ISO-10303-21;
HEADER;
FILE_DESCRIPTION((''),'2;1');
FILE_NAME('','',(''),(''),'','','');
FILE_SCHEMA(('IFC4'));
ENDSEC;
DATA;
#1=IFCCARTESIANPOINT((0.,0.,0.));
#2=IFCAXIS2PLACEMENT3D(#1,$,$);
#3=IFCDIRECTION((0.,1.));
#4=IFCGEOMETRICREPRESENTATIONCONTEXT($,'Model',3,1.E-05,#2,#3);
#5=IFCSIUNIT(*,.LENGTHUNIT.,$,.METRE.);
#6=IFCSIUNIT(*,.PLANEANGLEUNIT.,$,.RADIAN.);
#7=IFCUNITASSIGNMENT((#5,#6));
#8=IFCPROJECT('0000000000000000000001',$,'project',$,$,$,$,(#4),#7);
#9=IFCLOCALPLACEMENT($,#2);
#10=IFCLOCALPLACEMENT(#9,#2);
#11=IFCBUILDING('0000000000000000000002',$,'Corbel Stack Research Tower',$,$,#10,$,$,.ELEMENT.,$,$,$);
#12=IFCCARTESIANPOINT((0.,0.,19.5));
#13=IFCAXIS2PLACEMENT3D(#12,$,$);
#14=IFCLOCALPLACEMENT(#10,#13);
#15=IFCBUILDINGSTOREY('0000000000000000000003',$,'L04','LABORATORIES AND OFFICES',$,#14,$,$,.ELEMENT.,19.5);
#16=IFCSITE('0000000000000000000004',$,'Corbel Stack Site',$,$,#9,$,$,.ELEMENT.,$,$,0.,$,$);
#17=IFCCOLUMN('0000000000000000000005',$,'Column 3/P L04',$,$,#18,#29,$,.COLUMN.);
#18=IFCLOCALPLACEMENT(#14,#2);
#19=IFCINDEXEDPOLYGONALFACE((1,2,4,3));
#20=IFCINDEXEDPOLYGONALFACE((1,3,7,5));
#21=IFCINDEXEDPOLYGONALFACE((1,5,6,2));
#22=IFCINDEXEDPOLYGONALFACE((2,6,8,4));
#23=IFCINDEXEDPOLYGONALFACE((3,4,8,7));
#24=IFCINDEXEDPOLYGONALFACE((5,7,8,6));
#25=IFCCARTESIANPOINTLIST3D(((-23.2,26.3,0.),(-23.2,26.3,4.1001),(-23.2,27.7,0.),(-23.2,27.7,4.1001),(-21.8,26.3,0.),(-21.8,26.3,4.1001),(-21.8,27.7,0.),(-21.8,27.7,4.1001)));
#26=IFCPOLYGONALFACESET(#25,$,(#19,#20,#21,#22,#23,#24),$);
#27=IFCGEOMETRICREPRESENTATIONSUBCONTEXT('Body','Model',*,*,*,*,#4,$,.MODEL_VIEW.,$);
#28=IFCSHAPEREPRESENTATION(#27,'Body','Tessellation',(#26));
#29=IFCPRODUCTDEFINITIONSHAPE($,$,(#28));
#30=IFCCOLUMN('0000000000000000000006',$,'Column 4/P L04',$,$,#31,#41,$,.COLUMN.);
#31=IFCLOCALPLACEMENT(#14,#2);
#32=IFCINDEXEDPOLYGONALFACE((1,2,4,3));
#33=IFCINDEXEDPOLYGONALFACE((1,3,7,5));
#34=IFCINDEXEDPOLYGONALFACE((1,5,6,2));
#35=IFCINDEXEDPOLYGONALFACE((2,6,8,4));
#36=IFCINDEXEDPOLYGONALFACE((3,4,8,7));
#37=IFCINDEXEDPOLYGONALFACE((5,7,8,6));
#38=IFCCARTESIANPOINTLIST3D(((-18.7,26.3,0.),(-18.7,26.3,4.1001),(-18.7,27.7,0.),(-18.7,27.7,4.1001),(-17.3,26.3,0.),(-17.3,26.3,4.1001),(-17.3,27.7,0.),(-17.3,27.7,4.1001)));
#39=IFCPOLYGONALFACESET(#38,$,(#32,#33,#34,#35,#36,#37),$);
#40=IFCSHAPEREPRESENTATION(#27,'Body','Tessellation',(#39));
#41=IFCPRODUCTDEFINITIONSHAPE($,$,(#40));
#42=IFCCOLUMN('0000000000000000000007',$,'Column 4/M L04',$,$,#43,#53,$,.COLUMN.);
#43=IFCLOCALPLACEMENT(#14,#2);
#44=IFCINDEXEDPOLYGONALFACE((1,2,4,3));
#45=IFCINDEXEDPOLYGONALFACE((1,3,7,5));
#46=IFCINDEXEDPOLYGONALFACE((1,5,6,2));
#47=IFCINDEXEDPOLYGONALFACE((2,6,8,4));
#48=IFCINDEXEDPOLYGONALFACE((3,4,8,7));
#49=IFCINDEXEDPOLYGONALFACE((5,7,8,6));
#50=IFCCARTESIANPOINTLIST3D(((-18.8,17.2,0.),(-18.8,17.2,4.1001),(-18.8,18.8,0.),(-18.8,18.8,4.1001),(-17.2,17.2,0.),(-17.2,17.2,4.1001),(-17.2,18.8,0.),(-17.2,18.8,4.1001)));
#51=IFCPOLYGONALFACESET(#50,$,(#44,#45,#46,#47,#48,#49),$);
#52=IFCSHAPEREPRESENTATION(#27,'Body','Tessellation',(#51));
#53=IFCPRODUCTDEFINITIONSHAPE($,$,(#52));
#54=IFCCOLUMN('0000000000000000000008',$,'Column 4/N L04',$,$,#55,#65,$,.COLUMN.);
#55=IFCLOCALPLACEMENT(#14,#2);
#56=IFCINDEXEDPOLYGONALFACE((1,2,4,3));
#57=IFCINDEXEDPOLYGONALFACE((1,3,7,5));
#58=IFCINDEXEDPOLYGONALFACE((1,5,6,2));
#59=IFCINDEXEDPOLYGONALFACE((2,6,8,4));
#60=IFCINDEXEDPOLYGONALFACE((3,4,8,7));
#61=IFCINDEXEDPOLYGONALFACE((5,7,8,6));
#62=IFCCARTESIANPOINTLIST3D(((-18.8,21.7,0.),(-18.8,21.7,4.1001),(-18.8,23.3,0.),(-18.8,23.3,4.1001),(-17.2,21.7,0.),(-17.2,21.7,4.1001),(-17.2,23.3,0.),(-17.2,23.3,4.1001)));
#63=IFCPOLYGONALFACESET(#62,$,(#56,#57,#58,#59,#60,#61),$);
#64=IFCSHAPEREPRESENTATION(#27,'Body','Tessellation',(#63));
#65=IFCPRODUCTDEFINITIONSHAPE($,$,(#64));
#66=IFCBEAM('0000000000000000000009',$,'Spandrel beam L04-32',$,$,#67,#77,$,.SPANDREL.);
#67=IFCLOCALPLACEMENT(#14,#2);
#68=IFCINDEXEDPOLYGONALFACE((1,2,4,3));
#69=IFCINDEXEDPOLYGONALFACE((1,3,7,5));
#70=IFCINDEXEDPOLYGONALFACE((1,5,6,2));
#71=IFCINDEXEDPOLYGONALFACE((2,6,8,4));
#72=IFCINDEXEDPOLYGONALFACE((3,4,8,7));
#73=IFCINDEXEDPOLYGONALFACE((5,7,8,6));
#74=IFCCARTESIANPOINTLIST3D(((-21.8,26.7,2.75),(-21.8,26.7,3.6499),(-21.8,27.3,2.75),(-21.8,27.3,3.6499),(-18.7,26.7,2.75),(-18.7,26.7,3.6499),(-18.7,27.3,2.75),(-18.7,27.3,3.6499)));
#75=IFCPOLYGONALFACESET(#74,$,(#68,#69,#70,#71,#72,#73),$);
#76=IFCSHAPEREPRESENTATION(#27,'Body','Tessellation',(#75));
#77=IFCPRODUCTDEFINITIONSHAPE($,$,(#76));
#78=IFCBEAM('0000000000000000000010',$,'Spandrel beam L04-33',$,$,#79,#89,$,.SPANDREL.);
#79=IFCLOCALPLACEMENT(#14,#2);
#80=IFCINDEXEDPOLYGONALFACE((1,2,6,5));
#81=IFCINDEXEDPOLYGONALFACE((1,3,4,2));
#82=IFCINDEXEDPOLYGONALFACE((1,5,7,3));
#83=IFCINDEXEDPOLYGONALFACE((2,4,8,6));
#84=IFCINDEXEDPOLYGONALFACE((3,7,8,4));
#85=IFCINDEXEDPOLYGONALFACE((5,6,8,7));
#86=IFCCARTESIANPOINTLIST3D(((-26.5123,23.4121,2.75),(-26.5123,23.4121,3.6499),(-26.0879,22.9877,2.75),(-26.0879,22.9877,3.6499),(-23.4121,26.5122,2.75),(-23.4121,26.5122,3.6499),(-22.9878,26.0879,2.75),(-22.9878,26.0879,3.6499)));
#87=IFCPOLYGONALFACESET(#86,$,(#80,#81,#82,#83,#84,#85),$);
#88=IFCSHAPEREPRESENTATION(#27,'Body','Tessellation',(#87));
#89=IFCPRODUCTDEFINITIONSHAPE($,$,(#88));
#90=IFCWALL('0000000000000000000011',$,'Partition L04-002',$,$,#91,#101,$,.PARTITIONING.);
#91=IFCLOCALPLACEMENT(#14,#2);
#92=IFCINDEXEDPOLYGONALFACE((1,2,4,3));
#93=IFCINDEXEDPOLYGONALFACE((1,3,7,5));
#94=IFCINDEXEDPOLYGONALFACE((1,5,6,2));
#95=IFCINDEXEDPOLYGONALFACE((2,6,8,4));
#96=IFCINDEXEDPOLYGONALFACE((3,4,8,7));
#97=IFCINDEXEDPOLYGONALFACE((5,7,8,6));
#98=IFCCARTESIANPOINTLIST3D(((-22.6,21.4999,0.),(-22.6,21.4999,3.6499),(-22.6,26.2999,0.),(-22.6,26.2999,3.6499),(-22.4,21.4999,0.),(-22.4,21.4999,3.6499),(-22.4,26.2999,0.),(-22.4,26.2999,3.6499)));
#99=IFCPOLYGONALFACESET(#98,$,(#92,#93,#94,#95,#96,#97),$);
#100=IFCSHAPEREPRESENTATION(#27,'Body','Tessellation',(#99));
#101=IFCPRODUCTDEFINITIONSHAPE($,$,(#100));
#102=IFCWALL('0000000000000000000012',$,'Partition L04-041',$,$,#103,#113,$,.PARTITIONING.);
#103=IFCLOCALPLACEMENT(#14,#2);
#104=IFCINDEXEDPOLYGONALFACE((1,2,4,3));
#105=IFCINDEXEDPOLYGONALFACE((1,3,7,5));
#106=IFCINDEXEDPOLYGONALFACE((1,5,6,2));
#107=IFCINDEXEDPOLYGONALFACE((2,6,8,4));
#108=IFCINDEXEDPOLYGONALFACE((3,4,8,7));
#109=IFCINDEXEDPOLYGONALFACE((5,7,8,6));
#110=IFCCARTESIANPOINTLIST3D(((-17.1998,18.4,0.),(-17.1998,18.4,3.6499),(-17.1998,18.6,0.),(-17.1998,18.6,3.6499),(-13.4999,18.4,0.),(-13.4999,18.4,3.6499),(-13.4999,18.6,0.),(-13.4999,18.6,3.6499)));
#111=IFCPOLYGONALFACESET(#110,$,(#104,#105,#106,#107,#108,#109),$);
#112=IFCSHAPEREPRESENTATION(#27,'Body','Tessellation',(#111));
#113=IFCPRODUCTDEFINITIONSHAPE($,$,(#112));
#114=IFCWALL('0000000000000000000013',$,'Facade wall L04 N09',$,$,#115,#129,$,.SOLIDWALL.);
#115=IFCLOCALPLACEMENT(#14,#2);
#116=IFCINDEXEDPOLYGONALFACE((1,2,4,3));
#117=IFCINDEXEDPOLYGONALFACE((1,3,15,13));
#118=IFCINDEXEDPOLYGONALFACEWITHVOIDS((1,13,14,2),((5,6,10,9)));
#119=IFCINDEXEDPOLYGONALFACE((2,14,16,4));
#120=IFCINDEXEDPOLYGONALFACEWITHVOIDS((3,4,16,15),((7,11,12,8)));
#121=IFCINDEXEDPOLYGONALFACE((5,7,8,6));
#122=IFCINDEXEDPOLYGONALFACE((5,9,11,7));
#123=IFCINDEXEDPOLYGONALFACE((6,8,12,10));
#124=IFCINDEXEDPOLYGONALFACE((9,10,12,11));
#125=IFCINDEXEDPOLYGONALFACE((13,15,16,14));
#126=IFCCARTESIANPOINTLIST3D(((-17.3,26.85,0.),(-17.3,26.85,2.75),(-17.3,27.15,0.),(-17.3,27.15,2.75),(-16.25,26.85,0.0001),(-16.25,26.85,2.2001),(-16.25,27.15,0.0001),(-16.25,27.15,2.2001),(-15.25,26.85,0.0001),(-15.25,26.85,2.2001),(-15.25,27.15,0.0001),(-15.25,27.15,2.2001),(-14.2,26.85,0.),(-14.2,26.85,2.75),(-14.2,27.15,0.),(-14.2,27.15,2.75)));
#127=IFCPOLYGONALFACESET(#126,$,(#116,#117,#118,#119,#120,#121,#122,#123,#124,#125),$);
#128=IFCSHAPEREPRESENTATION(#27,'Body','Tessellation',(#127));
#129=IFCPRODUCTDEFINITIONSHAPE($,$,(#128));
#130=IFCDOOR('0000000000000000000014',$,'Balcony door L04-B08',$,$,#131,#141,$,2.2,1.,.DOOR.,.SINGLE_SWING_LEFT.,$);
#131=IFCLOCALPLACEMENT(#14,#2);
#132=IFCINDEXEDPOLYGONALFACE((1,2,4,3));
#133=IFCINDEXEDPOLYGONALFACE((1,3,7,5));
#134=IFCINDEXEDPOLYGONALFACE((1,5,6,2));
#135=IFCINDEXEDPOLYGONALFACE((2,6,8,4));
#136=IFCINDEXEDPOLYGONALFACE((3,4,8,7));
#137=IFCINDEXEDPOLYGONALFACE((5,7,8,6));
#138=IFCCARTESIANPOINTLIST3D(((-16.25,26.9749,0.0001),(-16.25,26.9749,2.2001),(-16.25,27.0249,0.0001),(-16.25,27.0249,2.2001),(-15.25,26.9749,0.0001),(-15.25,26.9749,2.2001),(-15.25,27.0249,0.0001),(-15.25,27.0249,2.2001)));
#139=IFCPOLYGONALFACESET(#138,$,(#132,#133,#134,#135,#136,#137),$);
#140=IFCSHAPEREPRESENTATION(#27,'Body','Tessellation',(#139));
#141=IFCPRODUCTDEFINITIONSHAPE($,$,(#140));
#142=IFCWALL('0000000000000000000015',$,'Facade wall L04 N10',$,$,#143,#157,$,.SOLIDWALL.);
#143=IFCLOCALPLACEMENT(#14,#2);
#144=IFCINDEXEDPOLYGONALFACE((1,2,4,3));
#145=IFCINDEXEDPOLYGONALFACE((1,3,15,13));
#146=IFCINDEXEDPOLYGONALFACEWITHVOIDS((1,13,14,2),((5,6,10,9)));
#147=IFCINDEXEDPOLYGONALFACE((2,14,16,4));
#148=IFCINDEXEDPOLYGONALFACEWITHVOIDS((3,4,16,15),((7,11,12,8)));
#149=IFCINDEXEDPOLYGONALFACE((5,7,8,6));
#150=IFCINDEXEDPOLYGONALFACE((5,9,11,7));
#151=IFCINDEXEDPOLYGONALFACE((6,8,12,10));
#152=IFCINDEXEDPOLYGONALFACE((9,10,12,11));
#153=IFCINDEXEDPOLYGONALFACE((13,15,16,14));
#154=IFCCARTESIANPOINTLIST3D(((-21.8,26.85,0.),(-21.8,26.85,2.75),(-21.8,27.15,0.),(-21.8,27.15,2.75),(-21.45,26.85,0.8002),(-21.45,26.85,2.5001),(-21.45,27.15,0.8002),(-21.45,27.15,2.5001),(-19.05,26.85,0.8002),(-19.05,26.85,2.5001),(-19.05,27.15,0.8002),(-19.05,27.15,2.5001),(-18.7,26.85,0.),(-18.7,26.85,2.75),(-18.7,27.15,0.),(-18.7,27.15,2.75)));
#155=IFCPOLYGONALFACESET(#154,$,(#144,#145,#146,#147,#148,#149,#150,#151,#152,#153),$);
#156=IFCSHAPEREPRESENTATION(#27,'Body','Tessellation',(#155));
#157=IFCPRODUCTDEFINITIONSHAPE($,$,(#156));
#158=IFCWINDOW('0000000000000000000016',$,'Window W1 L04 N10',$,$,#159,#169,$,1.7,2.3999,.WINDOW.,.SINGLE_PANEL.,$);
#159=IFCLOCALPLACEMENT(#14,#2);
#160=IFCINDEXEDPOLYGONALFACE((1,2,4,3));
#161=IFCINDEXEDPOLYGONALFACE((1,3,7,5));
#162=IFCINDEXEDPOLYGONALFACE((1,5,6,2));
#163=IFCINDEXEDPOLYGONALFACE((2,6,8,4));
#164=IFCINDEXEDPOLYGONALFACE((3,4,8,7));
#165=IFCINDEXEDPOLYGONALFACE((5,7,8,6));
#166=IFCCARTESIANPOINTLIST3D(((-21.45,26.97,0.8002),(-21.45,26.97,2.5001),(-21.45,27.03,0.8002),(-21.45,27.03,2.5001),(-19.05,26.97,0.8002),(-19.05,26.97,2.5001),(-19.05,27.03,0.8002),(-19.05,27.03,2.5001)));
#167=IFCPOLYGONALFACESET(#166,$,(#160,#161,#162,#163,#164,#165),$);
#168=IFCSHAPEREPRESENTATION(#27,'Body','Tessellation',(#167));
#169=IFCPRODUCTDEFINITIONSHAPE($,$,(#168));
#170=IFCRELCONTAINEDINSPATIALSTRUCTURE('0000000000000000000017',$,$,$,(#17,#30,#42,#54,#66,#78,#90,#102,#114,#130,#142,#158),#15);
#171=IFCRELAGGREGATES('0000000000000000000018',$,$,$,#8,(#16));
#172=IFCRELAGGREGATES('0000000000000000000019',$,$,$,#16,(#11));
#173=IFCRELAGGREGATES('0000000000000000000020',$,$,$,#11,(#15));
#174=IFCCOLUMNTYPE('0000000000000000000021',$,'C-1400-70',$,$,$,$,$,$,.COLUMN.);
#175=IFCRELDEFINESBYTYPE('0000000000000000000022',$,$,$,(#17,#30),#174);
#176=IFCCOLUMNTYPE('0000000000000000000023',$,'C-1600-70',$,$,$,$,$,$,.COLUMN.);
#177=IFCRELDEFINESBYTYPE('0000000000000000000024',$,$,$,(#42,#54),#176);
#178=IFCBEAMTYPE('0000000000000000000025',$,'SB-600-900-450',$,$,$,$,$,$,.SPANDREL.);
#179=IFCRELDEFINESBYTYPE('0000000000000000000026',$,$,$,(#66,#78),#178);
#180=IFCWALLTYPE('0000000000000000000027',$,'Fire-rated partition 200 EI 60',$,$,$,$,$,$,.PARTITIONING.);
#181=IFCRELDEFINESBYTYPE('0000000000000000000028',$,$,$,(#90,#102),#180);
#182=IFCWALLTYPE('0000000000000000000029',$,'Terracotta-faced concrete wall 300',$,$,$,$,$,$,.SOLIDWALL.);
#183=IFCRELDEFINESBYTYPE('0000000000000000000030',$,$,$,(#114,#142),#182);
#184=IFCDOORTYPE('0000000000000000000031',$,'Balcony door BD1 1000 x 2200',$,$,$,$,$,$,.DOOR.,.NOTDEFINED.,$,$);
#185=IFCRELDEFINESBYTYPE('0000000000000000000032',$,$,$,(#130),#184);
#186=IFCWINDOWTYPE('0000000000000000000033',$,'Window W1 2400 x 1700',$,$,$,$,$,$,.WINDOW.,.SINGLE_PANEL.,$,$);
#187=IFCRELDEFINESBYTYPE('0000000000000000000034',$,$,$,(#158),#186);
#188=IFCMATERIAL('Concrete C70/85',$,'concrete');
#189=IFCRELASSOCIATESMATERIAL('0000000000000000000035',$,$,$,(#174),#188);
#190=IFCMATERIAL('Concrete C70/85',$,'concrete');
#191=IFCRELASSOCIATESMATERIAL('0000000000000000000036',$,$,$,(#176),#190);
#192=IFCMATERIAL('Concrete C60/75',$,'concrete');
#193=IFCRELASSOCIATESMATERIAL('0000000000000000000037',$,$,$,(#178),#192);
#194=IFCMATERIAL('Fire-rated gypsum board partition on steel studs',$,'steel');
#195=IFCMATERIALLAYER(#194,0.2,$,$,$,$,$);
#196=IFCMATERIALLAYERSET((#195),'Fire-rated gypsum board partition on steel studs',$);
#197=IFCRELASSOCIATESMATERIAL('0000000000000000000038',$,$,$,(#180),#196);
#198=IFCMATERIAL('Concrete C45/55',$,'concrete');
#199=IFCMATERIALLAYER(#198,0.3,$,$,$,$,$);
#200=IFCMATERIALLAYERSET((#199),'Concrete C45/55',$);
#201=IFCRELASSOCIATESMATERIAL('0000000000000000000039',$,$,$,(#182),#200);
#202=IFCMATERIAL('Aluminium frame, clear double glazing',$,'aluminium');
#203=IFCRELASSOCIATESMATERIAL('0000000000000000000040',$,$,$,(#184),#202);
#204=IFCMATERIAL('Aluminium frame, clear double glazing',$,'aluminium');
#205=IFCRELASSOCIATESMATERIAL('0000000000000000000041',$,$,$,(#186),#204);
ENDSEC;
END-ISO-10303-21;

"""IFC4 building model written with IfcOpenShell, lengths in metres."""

from ifc_helpers import new_model, si_unit, direction, frame, frame_2d, origin, origin_2d, place, context, subcontext, project, spatial, rectangle, extrude, material, layer, layer_set, material_profile, profile_set, type_object, element, fill, save


model = new_model("IFC4")

# Units and contexts
model_context = context("Model", 3, precision=1e-05, world=origin(), true_north=direction((0.0, 1.0)))
body_context = subcontext(model_context, "Body", "Model", "MODEL_VIEW")
ifc_project = project(units=[si_unit("LENGTHUNIT", "METRE"), si_unit("PLANEANGLEUNIT", "RADIAN")], contexts=[model_context])

# Site, building, storey
site_placement = place(None, origin())
site = spatial("IfcSite", under=ifc_project, at=site_placement, Name="Corbel Stack Site", CompositionType="ELEMENT", RefElevation=0.0)
building_placement = place(site_placement, origin())
building = spatial("IfcBuilding", under=site, at=building_placement, Name="Corbel Stack Research Tower", CompositionType="ELEMENT")
storey_placement = place(building_placement, frame((0.0, 0.0, 19.5)))
storey = spatial("IfcBuildingStorey", under=building, at=storey_placement, Name="L04", Description="LABORATORIES AND OFFICES", CompositionType="ELEMENT", Elevation=19.5)

# Columns
ifc_material_1 = material(Name="Concrete C70/85", Category="concrete")
ifc_material_profile_1 = material_profile(ifc_material_1, rectangle(XDim=1.3999, YDim=1.3999, at=origin_2d()), Name="RC 1400 x 1400")
ifc_profile_set_1 = profile_set([ifc_material_profile_1], Name="Concrete C70/85")
column_type_1 = type_object("IfcColumnType", Name="C-1400-70", PredefinedType="COLUMN", material=ifc_profile_set_1)
for number, where, z_axis, x_axis, name in (
    (1, (-22.5, 27.0, 0.0), (0.0, 0.0, 1.0), (1.0, 0.0, 0.0), "Column 3/P L04"),
    (2, (-18.0, 27.0, 0.0), (0.0, 0.0, 1.0), (1.0, 0.0, 0.0), "Column 4/P L04"),
):
    element("IfcColumn", number, at=place(storey_placement, frame(where, z_axis=z_axis, x_axis=x_axis)), inside=storey, type_object=column_type_1, Name=name, PredefinedType="COLUMN", context=body_context, shape_type="SweptSolid", body=[
        extrude(rectangle(XDim=1.3999, YDim=1.3999, at=origin_2d()), origin(), (0.0, 0.0, 1.0), 4.1001),
    ])
ifc_material_2 = material(Name="Concrete C70/85", Category="concrete")
ifc_material_profile_2 = material_profile(ifc_material_2, rectangle(XDim=1.6001, YDim=1.6001, at=origin_2d()), Name="RC 1600 x 1600")
ifc_profile_set_2 = profile_set([ifc_material_profile_2], Name="Concrete C70/85")
column_type_2 = type_object("IfcColumnType", Name="C-1600-70", PredefinedType="COLUMN", material=ifc_profile_set_2)
for number, where, z_axis, x_axis, name in (
    (3, (-18.0, 18.0, 0.0), (0.0, 0.0, 1.0), (1.0, 0.0, 0.0), "Column 4/M L04"),
    (4, (-18.0, 22.5, 0.0), (0.0, 0.0, 1.0), (1.0, 0.0, 0.0), "Column 4/N L04"),
):
    element("IfcColumn", number, at=place(storey_placement, frame(where, z_axis=z_axis, x_axis=x_axis)), inside=storey, type_object=column_type_2, Name=name, PredefinedType="COLUMN", context=body_context, shape_type="SweptSolid", body=[
        extrude(rectangle(XDim=1.6001, YDim=1.6001, at=origin_2d()), origin(), (0.0, 0.0, 1.0), 4.1001),
    ])

# Beams
ifc_material_3 = material(Name="Concrete C60/75", Category="concrete")
ifc_material_profile_3 = material_profile(ifc_material_3, rectangle(XDim=0.6001, YDim=0.8999, at=origin_2d()), Name="RC 600 x 900")
ifc_profile_set_3 = profile_set([ifc_material_profile_3], Name="Concrete C60/75")
beam_type = type_object("IfcBeamType", Name="SB-600-900-450", PredefinedType="SPANDREL", material=ifc_profile_set_3)
beam_1_placement = place(storey_placement, frame((-18.7, 27.0, 3.2), z_axis=(-1.0, 0.0, 0.0), x_axis=(0.0, -1.0, 0.0)))
element("IfcBeam", 5, at=beam_1_placement, inside=storey, type_object=beam_type, Name="Spandrel beam L04-32", PredefinedType="SPANDREL", context=body_context, shape_type="SweptSolid", body=[
    extrude(rectangle(XDim=0.6001, YDim=0.8999, at=origin_2d()), origin(), (0.0, 0.0, 1.0), 3.1001),
])
beam_2_placement = place(storey_placement, frame((-23.2, 26.3, 3.2), z_axis=(-0.707107, -0.707107, 0.0), x_axis=(0.707107, -0.707107, 0.0)))
element("IfcBeam", 6, at=beam_2_placement, inside=storey, type_object=beam_type, Name="Spandrel beam L04-33", PredefinedType="SPANDREL", context=body_context, shape_type="SweptSolid", body=[
    extrude(rectangle(XDim=0.6001, YDim=0.8999, at=origin_2d()), origin(), (0.0, 0.0, 1.0), 4.3843),
])

# Walls
ifc_material_4 = material(Name="Fire-rated gypsum board partition on steel studs", Category="steel")
ifc_layer_1 = layer(ifc_material_4, 0.2)
ifc_layer_set_1 = layer_set([ifc_layer_1], Name="Fire-rated gypsum board partition on steel studs")
wall_type_1 = type_object("IfcWallType", Name="Fire-rated partition 200 EI 60", PredefinedType="PARTITIONING", material=ifc_layer_set_1)
wall_1_placement = place(storey_placement, frame((-22.5, 21.5, 0.0), z_axis=(0.0, 0.0, 1.0), x_axis=(0.0, 1.0, 0.0)))
element("IfcWall", 7, at=wall_1_placement, inside=storey, type_object=wall_type_1, Name="Partition L04-002", PredefinedType="PARTITIONING", context=body_context, shape_type="SweptSolid", body=[
    extrude(rectangle(XDim=4.8, YDim=0.2, at=frame_2d((2.3999, 0.0))), origin(), (0.0, 0.0, 1.0), 3.6499),
])
wall_2_placement = place(storey_placement, frame((-17.2, 18.5, 0.0), z_axis=(0.0, 0.0, 1.0), x_axis=(1.0, 0.0, 0.0)))
element("IfcWall", 8, at=wall_2_placement, inside=storey, type_object=wall_type_1, Name="Partition L04-041", PredefinedType="PARTITIONING", context=body_context, shape_type="SweptSolid", body=[
    extrude(rectangle(XDim=3.7, YDim=0.2, at=frame_2d((1.8501, 0.0))), origin(), (0.0, 0.0, 1.0), 3.6499),
])

# Wall, opening, door
ifc_material_5 = material(Name="Concrete C45/55", Category="concrete")
ifc_layer_2 = layer(ifc_material_5, 0.3)
ifc_layer_set_2 = layer_set([ifc_layer_2], Name="Concrete C45/55")
wall_type_2 = type_object("IfcWallType", Name="Terracotta-faced concrete wall 300", PredefinedType="SOLIDWALL", material=ifc_layer_set_2)
wall_3_placement = place(storey_placement, frame((-17.3, 27.0, 0.0), z_axis=(0.0, 0.0, 1.0), x_axis=(1.0, 0.0, 0.0)))
wall_3 = element("IfcWall", 9, at=wall_3_placement, inside=storey, type_object=wall_type_2, Name="Facade wall L04 N09", PredefinedType="SOLIDWALL", context=body_context, shape_type="SweptSolid", body=[
    extrude(rectangle(XDim=3.1001, YDim=0.3, at=frame_2d((1.55, 0.0))), origin(), (0.0, 0.0, 1.0), 2.75),
])
opening_1_placement = place(wall_3_placement, frame((1.05, 0.0, 0.0)))
opening_1 = element("IfcOpeningElement", 10, at=opening_1_placement, cuts=wall_3, PredefinedType="OPENING", context=body_context, shape_type="SweptSolid", body=[
    extrude(rectangle(XDim=1.0, YDim=2.2, at=frame_2d((0.5, 1.1001))), frame((0.0, 0.1599, 0.0), z_axis=(0.0, -1.0, 0.0), x_axis=(1.0, 0.0, 0.0)), (0.0, 0.0, 1.0), 0.3201),
])
ifc_material_6 = material(Name="Aluminium frame, clear double glazing", Category="aluminium")
door_type = type_object("IfcDoorType", Name="Balcony door BD1 1000 x 2200", OperationType="NOTDEFINED", PredefinedType="DOOR", material=ifc_material_6)
door_placement = place(opening_1_placement, origin())
door = element("IfcDoor", 11, at=door_placement, inside=storey, type_object=door_type, Name="Balcony door L04-B08", OperationType="SINGLE_SWING_LEFT", OverallHeight=2.2, OverallWidth=1.0, PredefinedType="DOOR", context=body_context, shape_type="SweptSolid", body=[
    extrude(rectangle(XDim=1.0, YDim=2.2, at=frame_2d((0.5, 1.1001))), frame((0.0, 0.0249, 0.0), z_axis=(0.0, -1.0, 0.0), x_axis=(1.0, 0.0, 0.0)), (0.0, 0.0, 1.0), 0.05),
])
fill(opening_1, door)

# Wall, opening, window
wall_4_placement = place(storey_placement, frame((-21.8, 27.0, 0.0), z_axis=(0.0, 0.0, 1.0), x_axis=(1.0, 0.0, 0.0)))
wall_4 = element("IfcWall", 12, at=wall_4_placement, inside=storey, type_object=wall_type_2, Name="Facade wall L04 N10", PredefinedType="SOLIDWALL", context=body_context, shape_type="SweptSolid", body=[
    extrude(rectangle(XDim=3.1001, YDim=0.3, at=frame_2d((1.55, 0.0))), origin(), (0.0, 0.0, 1.0), 2.75),
])
opening_2_placement = place(wall_4_placement, frame((0.3501, 0.0, 0.8)))
opening_2 = element("IfcOpeningElement", 13, at=opening_2_placement, cuts=wall_4, PredefinedType="OPENING", context=body_context, shape_type="SweptSolid", body=[
    extrude(rectangle(XDim=2.3999, YDim=1.7, at=frame_2d((1.2, 0.8501))), frame((0.0, 0.1599, 0.0), z_axis=(0.0, -1.0, 0.0), x_axis=(1.0, 0.0, 0.0)), (0.0, 0.0, 1.0), 0.3201),
])
ifc_material_7 = material(Name="Aluminium frame, clear double glazing", Category="aluminium")
window_type = type_object("IfcWindowType", Name="Window W1 2400 x 1700", PartitioningType="SINGLE_PANEL", PredefinedType="WINDOW", material=ifc_material_7)
window_placement = place(opening_2_placement, origin())
window = element("IfcWindow", 14, at=window_placement, inside=storey, type_object=window_type, Name="Window W1 L04 N10", OverallHeight=1.7, OverallWidth=2.3999, PartitioningType="SINGLE_PANEL", PredefinedType="WINDOW", context=body_context, shape_type="SweptSolid", body=[
    extrude(rectangle(XDim=2.3999, YDim=1.7, at=frame_2d((1.2, 0.8501))), frame((0.0, 0.03, 0.0), z_axis=(0.0, -1.0, 0.0), x_axis=(1.0, 0.0, 0.0)), (0.0, 0.0, 1.0), 0.0601),
])
fill(opening_2, window)

save(model, "model.ifc")
